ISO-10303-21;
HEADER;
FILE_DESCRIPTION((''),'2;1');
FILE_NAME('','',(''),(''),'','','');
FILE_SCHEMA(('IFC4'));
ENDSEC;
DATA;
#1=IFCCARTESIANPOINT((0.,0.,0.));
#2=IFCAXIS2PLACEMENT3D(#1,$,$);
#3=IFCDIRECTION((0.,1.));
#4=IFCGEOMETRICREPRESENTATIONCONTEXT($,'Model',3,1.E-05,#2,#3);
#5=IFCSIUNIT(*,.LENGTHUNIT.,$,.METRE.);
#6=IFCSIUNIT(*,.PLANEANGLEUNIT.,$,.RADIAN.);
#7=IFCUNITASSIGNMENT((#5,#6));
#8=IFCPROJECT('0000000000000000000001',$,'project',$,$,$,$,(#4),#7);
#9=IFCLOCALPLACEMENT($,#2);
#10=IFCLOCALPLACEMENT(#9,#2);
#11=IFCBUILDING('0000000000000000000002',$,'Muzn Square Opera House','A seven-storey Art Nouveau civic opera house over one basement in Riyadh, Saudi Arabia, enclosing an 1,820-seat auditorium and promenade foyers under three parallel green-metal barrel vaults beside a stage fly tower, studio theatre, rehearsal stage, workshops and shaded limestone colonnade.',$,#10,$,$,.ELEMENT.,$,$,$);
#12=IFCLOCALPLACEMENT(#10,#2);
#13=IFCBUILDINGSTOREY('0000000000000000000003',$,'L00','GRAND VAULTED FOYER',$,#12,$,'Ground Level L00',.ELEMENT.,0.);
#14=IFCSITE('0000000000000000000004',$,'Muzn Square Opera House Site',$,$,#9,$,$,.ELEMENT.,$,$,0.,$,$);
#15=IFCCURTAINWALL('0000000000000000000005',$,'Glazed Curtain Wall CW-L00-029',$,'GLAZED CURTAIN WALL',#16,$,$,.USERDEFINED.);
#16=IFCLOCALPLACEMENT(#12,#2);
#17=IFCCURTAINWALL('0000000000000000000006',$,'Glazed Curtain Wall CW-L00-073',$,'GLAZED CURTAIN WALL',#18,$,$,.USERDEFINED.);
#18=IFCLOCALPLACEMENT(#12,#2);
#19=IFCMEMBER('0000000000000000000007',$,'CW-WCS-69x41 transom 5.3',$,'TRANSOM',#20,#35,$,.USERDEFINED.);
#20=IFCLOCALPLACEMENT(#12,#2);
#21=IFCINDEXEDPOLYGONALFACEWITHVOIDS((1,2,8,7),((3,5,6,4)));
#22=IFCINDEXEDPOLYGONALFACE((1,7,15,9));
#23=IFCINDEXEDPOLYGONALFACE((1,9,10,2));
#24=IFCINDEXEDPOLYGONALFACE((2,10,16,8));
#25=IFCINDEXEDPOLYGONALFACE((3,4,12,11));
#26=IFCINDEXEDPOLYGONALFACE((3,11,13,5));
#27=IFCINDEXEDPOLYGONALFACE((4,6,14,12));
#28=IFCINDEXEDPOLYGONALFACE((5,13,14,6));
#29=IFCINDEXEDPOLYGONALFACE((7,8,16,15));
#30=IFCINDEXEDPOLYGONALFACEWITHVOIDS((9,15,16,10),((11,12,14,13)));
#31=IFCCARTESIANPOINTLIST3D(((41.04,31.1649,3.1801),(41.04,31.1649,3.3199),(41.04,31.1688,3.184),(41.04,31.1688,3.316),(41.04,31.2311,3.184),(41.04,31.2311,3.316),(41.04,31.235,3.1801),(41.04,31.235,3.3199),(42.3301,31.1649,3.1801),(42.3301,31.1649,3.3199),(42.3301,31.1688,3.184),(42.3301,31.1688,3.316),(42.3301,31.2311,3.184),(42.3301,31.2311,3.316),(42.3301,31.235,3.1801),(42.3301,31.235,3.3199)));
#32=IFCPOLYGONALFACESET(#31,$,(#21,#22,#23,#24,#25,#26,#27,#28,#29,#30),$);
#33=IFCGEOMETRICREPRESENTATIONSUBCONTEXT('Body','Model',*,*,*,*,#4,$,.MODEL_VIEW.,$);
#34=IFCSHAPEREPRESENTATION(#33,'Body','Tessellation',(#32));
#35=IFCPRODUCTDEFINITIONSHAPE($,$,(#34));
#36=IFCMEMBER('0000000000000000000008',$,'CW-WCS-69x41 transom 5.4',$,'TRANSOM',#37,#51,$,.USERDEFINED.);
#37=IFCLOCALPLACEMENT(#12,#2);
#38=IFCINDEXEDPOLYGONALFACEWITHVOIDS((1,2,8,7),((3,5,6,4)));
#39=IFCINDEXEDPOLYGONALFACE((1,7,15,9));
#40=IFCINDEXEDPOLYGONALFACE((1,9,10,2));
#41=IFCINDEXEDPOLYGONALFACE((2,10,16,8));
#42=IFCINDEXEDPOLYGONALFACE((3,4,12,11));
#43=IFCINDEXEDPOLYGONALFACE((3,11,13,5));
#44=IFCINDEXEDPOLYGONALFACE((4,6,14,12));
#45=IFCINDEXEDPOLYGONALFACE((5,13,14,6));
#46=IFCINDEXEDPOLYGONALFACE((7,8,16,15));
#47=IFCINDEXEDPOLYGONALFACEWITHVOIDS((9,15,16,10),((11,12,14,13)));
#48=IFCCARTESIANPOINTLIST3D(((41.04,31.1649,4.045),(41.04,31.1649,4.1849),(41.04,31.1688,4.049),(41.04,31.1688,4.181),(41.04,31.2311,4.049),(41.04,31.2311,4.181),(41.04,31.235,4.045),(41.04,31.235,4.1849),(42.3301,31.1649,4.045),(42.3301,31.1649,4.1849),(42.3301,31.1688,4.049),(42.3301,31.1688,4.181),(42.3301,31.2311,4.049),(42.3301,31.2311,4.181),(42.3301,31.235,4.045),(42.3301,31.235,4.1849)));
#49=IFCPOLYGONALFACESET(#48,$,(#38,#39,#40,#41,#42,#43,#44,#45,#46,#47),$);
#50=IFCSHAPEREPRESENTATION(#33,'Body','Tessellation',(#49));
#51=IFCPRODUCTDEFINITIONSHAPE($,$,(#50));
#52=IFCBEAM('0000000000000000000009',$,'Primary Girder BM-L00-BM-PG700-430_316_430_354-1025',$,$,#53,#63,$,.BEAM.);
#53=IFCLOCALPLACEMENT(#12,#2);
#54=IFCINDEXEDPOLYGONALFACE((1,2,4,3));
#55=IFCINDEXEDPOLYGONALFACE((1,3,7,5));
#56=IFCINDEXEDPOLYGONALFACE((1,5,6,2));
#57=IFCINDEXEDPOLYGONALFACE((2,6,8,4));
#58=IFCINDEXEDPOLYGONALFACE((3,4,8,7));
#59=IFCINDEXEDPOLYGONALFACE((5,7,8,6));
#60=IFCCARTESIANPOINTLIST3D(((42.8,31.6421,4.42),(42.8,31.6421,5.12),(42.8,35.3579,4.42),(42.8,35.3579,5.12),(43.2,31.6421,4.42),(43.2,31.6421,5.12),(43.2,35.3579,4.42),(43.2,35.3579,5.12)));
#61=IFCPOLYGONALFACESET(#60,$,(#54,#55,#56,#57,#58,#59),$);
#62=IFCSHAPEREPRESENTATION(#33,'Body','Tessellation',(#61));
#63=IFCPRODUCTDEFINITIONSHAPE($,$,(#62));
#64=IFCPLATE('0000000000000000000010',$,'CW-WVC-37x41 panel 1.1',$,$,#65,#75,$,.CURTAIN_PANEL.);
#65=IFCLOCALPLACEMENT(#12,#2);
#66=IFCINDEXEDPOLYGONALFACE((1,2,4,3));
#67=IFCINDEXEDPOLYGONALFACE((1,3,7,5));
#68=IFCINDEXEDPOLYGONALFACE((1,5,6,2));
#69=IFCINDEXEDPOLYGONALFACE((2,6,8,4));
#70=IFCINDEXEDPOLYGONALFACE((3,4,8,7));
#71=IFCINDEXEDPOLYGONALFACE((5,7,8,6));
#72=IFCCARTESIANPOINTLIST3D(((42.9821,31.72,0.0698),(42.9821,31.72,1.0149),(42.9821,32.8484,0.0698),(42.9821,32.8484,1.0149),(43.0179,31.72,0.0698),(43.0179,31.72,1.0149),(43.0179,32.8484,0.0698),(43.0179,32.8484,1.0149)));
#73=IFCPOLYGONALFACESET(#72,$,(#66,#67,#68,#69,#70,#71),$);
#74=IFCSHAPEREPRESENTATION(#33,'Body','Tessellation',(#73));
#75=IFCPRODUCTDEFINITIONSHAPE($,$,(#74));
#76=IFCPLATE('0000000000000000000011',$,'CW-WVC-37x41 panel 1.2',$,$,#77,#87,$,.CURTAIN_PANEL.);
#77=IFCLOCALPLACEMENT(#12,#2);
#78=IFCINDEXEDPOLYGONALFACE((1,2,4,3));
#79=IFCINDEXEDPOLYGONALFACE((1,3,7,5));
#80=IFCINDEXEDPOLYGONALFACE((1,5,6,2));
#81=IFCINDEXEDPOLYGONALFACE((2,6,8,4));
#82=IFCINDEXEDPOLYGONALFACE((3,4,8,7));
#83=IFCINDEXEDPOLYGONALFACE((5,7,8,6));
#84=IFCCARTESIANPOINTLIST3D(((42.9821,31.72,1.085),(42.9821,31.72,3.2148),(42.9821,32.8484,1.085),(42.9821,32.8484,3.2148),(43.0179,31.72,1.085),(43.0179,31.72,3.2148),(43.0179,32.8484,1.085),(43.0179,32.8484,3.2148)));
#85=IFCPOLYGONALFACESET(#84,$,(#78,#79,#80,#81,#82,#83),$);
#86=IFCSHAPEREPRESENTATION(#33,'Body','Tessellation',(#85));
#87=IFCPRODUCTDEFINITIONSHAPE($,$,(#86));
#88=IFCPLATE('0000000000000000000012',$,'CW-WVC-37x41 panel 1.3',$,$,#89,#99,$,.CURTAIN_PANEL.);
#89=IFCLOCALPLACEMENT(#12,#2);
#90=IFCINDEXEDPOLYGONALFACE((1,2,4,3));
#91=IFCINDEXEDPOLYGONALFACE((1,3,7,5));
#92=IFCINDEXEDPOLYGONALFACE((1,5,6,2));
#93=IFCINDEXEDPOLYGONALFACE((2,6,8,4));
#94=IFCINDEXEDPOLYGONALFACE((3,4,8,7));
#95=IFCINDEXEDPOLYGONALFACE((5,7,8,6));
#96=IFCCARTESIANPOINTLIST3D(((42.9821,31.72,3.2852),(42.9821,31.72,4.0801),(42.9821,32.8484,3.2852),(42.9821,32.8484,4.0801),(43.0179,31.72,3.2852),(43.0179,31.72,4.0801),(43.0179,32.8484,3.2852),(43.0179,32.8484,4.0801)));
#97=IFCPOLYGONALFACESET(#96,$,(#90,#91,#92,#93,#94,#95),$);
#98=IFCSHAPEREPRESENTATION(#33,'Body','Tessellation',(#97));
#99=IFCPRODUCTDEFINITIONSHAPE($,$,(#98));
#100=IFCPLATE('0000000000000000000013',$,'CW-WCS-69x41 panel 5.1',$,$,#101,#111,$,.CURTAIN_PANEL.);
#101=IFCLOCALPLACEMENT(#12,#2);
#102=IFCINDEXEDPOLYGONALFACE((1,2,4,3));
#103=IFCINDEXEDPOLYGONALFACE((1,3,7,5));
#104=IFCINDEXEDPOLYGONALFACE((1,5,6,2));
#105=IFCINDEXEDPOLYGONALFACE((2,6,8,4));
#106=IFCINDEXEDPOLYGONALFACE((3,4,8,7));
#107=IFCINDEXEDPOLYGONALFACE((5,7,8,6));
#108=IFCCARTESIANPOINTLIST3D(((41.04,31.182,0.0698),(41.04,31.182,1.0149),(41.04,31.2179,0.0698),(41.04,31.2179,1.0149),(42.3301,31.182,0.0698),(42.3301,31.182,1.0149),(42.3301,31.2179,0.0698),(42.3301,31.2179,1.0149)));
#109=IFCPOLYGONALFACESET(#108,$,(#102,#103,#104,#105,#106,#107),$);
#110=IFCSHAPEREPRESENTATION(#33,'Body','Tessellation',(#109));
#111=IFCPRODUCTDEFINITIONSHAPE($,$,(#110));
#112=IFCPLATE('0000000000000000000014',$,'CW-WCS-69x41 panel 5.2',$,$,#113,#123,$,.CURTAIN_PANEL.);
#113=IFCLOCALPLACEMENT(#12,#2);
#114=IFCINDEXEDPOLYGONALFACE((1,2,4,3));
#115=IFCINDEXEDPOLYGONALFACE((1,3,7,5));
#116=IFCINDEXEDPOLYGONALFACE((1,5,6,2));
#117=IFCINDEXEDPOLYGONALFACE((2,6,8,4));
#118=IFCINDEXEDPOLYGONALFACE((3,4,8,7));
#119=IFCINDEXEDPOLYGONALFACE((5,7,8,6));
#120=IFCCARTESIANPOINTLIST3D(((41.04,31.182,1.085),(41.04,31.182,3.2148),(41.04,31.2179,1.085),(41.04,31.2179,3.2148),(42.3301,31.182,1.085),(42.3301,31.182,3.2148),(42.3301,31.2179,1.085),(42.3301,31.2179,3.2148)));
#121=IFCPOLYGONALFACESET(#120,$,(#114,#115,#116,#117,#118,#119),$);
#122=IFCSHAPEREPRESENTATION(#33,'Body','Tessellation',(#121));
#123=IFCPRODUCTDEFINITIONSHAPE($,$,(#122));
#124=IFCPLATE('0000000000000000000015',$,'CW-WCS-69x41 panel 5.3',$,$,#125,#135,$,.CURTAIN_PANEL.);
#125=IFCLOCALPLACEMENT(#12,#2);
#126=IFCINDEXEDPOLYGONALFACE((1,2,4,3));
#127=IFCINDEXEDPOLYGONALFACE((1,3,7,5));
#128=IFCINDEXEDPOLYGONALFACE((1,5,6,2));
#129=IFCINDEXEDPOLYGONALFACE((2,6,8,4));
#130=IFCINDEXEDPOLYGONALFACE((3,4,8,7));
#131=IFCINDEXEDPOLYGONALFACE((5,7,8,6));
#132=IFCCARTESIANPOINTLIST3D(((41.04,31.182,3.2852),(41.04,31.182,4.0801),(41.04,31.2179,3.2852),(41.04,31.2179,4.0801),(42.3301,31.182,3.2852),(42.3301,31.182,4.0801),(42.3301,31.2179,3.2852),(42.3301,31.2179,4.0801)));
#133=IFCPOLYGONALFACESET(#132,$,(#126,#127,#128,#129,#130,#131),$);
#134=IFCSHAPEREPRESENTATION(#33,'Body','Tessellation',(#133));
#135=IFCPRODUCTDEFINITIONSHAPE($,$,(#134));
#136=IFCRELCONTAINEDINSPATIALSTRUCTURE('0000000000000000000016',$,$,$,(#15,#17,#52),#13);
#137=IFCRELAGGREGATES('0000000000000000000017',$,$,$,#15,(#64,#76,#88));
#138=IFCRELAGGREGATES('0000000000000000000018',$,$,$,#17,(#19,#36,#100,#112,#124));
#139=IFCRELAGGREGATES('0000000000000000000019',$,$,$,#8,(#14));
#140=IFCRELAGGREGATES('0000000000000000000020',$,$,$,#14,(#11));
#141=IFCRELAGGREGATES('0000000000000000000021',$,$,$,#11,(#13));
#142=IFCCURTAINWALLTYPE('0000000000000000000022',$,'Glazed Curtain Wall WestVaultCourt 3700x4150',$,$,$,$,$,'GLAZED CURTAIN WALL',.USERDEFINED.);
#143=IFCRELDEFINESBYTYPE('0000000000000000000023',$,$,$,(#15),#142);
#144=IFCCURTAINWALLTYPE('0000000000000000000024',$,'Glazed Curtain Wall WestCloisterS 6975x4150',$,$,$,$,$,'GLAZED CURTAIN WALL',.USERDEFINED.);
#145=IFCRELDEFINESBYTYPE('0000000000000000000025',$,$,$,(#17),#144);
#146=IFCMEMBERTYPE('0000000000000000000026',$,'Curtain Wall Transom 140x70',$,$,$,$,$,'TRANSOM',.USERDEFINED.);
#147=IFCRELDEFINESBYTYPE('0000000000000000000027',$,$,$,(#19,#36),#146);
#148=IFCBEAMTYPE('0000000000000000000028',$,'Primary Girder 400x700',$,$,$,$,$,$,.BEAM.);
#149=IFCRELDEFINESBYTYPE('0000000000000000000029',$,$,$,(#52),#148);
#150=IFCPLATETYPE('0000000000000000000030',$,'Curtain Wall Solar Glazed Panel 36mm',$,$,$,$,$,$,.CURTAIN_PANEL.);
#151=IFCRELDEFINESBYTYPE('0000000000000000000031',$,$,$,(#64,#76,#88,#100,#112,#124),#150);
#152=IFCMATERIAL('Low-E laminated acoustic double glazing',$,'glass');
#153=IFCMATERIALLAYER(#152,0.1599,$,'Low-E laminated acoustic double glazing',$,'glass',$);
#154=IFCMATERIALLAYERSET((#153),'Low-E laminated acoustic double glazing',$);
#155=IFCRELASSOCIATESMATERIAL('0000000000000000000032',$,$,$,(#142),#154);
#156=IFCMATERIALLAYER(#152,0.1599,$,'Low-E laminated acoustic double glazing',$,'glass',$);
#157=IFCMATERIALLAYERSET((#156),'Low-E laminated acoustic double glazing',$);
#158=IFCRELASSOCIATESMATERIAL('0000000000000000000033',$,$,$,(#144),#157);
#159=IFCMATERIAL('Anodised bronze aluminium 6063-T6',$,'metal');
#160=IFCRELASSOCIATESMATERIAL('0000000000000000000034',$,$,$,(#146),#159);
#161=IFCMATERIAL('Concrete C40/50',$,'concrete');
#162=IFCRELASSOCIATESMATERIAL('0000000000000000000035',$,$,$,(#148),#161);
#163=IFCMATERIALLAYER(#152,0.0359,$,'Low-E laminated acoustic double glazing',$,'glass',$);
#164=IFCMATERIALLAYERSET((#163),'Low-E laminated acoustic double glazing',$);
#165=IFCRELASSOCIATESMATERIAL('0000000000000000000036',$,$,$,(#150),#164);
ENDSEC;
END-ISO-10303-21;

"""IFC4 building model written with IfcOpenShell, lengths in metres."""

from ifc_helpers import new_model, si_unit, direction, frame, origin, origin_2d, place, context, subcontext, project, spatial, rectangle, hollow_rectangle, extrude, material, layer, layer_set, material_profile, profile_set, type_object, element, aggregate, save


model = new_model("IFC4")

# Units and contexts
model_context = context("Model", 3, precision=1e-05, world=origin(), true_north=direction((0.0, 1.0)))
body_context = subcontext(model_context, "Body", "Model", "MODEL_VIEW")
ifc_project = project(units=[si_unit("LENGTHUNIT", "METRE"), si_unit("PLANEANGLEUNIT", "RADIAN")], contexts=[model_context])

# Site, building, storey
site_placement = place(None, origin())
site = spatial("IfcSite", under=ifc_project, at=site_placement, Name="Muzn Square Opera House Site", CompositionType="ELEMENT", RefElevation=0.0)
building_placement = place(site_placement, origin())
building = spatial("IfcBuilding", under=site, at=building_placement, Name="Muzn Square Opera House", Description="A seven-storey Art Nouveau civic opera house over one basement in Riyadh, Saudi Arabia, enclosing an 1,820-seat auditorium and promenade foyers under three parallel green-metal barrel vaults beside a stage fly tower, studio theatre, rehearsal stage, workshops and shaded limestone colonnade.", CompositionType="ELEMENT")
storey_placement = place(building_placement, origin())
storey = spatial("IfcBuildingStorey", under=building, at=storey_placement, Name="L00", Description="GRAND VAULTED FOYER", LongName="Ground Level L00", CompositionType="ELEMENT", Elevation=0.0)

# Curtain wall
ifc_material_1 = material(Name="Low-E laminated acoustic double glazing", Category="glass")
ifc_layer_1 = layer(ifc_material_1, 0.1599, Name="Low-E laminated acoustic double glazing", Category="glass")
ifc_layer_set_1 = layer_set([ifc_layer_1], Name="Low-E laminated acoustic double glazing")
curtain_wall_type_1 = type_object("IfcCurtainWallType", Name="Glazed Curtain Wall WestVaultCourt 3700x4150", ElementType="GLAZED CURTAIN WALL", PredefinedType="USERDEFINED", material=ifc_layer_set_1)
curtain_wall_1_placement = place(storey_placement, origin())
curtain_wall_1 = element("IfcCurtainWall", 1, at=curtain_wall_1_placement, inside=storey, type_object=curtain_wall_type_1, Name="Glazed Curtain Wall CW-L00-029", ObjectType="GLAZED CURTAIN WALL", PredefinedType="USERDEFINED")
ifc_material_2 = material(Name="Anodised bronze aluminium 6063-T6", Category="metal")

# Curtain wall
ifc_layer_2 = layer(ifc_material_1, 0.1599, Name="Low-E laminated acoustic double glazing", Category="glass")
ifc_layer_set_2 = layer_set([ifc_layer_2], Name="Low-E laminated acoustic double glazing")
curtain_wall_type_2 = type_object("IfcCurtainWallType", Name="Glazed Curtain Wall WestCloisterS 6975x4150", ElementType="GLAZED CURTAIN WALL", PredefinedType="USERDEFINED", material=ifc_layer_set_2)
curtain_wall_2_placement = place(storey_placement, origin())
curtain_wall_2 = element("IfcCurtainWall", 2, at=curtain_wall_2_placement, inside=storey, type_object=curtain_wall_type_2, Name="Glazed Curtain Wall CW-L00-073", ObjectType="GLAZED CURTAIN WALL", PredefinedType="USERDEFINED")

# Members
ifc_material_profile_1 = material_profile(ifc_material_2, hollow_rectangle(XDim=0.0701, YDim=0.1399, WallThickness=0.0039, at=origin_2d()), Name="ALU 140x70x4", Category="metal")
ifc_profile_set_1 = profile_set([ifc_material_profile_1], Name="Anodised bronze aluminium 6063-T6")
member_type_1 = type_object("IfcMemberType", Name="Curtain Wall Transom 140x70", ElementType="TRANSOM", PredefinedType="USERDEFINED", material=ifc_profile_set_1)
member_1_placement = place(storey_placement, frame((41.04, 31.2, 3.25), z_axis=(1.0, 0.0, 0.0), x_axis=(0.0, 1.0, 0.0)))
member_1 = element("IfcMember", 3, at=member_1_placement, type_object=member_type_1, Name="CW-WCS-69x41 transom 5.3", ObjectType="TRANSOM", PredefinedType="USERDEFINED", context=body_context, shape_type="SweptSolid", body=[
    extrude(hollow_rectangle(XDim=0.0701, YDim=0.1399, WallThickness=0.0039, at=origin_2d()), origin(), (0.0, 0.0, 1.0), 1.29),
])
member_2_placement = place(storey_placement, frame((41.04, 31.2, 4.115), z_axis=(1.0, 0.0, 0.0), x_axis=(0.0, 1.0, 0.0)))
member_2 = element("IfcMember", 4, at=member_2_placement, type_object=member_type_1, Name="CW-WCS-69x41 transom 5.4", ObjectType="TRANSOM", PredefinedType="USERDEFINED", context=body_context, shape_type="SweptSolid", body=[
    extrude(hollow_rectangle(XDim=0.0701, YDim=0.1399, WallThickness=0.0039, at=origin_2d()), origin(), (0.0, 0.0, 1.0), 1.29),
])

# Beam
ifc_material_3 = material(Name="Concrete C40/50", Category="concrete")
ifc_material_profile_2 = material_profile(ifc_material_3, rectangle(XDim=0.3999, YDim=0.7, at=origin_2d()), Name="RCB 400x700", Category="concrete")
ifc_profile_set_2 = profile_set([ifc_material_profile_2], Name="Concrete C40/50")
beam_type = type_object("IfcBeamType", Name="Primary Girder 400x700", PredefinedType="BEAM", material=ifc_profile_set_2)
beam_placement = place(storey_placement, frame((43.0, 31.6421, 4.77), z_axis=(0.0, 1.0, 0.0), x_axis=(-1.0, 0.0, 0.0)))
element("IfcBeam", 5, at=beam_placement, inside=storey, type_object=beam_type, Name="Primary Girder BM-L00-BM-PG700-430_316_430_354-1025", PredefinedType="BEAM", context=body_context, shape_type="SweptSolid", body=[
    extrude(rectangle(XDim=0.3999, YDim=0.7, at=origin_2d()), origin(), (0.0, 0.0, 1.0), 3.7158),
])

# Plates
ifc_layer_3 = layer(ifc_material_1, 0.0359, Name="Low-E laminated acoustic double glazing", Category="glass")
ifc_layer_set_3 = layer_set([ifc_layer_3], Name="Low-E laminated acoustic double glazing")
plate_type = type_object("IfcPlateType", Name="Curtain Wall Solar Glazed Panel 36mm", PredefinedType="CURTAIN_PANEL", material=ifc_layer_set_3)
plate_1_placement = place(storey_placement, frame((43.0, 32.2842, 0.0698), z_axis=(0.0, 0.0, 1.0), x_axis=(0.0, 1.0, 0.0)))
plate_1 = element("IfcPlate", 6, at=plate_1_placement, type_object=plate_type, Name="CW-WVC-37x41 panel 1.1", PredefinedType="CURTAIN_PANEL", context=body_context, shape_type="SweptSolid", body=[
    extrude(rectangle(XDim=1.1284, YDim=0.0359, at=origin_2d()), origin(), (0.0, 0.0, 1.0), 0.9451),
])
plate_2_placement = place(storey_placement, frame((43.0, 32.2842, 1.085), z_axis=(0.0, 0.0, 1.0), x_axis=(0.0, 1.0, 0.0)))
plate_2 = element("IfcPlate", 7, at=plate_2_placement, type_object=plate_type, Name="CW-WVC-37x41 panel 1.2", PredefinedType="CURTAIN_PANEL", context=body_context, shape_type="SweptSolid", body=[
    extrude(rectangle(XDim=1.1284, YDim=0.0359, at=origin_2d()), origin(), (0.0, 0.0, 1.0), 2.1299),
])
plate_3_placement = place(storey_placement, frame((43.0, 32.2842, 3.2852), z_axis=(0.0, 0.0, 1.0), x_axis=(0.0, 1.0, 0.0)))
plate_3 = element("IfcPlate", 8, at=plate_3_placement, type_object=plate_type, Name="CW-WVC-37x41 panel 1.3", PredefinedType="CURTAIN_PANEL", context=body_context, shape_type="SweptSolid", body=[
    extrude(rectangle(XDim=1.1284, YDim=0.0359, at=origin_2d()), origin(), (0.0, 0.0, 1.0), 0.7949),
])
aggregate(curtain_wall_1, [plate_1, plate_2, plate_3])
plate_4_placement = place(storey_placement, frame((41.6851, 31.2, 0.0698), z_axis=(0.0, 0.0, 1.0), x_axis=(1.0, 0.0, 0.0)))
plate_4 = element("IfcPlate", 9, at=plate_4_placement, type_object=plate_type, Name="CW-WCS-69x41 panel 5.1", PredefinedType="CURTAIN_PANEL", context=body_context, shape_type="SweptSolid", body=[
    extrude(rectangle(XDim=1.29, YDim=0.0359, at=origin_2d()), origin(), (0.0, 0.0, 1.0), 0.9451),
])
plate_5_placement = place(storey_placement, frame((41.6851, 31.2, 1.085), z_axis=(0.0, 0.0, 1.0), x_axis=(1.0, 0.0, 0.0)))
plate_5 = element("IfcPlate", 10, at=plate_5_placement, type_object=plate_type, Name="CW-WCS-69x41 panel 5.2", PredefinedType="CURTAIN_PANEL", context=body_context, shape_type="SweptSolid", body=[
    extrude(rectangle(XDim=1.29, YDim=0.0359, at=origin_2d()), origin(), (0.0, 0.0, 1.0), 2.1299),
])
plate_6_placement = place(storey_placement, frame((41.6851, 31.2, 3.2852), z_axis=(0.0, 0.0, 1.0), x_axis=(1.0, 0.0, 0.0)))
plate_6 = element("IfcPlate", 11, at=plate_6_placement, type_object=plate_type, Name="CW-WCS-69x41 panel 5.3", PredefinedType="CURTAIN_PANEL", context=body_context, shape_type="SweptSolid", body=[
    extrude(rectangle(XDim=1.29, YDim=0.0359, at=origin_2d()), origin(), (0.0, 0.0, 1.0), 0.7949),
])
aggregate(curtain_wall_2, [member_1, member_2, plate_4, plate_5, plate_6])

save(model, "model.ifc")
